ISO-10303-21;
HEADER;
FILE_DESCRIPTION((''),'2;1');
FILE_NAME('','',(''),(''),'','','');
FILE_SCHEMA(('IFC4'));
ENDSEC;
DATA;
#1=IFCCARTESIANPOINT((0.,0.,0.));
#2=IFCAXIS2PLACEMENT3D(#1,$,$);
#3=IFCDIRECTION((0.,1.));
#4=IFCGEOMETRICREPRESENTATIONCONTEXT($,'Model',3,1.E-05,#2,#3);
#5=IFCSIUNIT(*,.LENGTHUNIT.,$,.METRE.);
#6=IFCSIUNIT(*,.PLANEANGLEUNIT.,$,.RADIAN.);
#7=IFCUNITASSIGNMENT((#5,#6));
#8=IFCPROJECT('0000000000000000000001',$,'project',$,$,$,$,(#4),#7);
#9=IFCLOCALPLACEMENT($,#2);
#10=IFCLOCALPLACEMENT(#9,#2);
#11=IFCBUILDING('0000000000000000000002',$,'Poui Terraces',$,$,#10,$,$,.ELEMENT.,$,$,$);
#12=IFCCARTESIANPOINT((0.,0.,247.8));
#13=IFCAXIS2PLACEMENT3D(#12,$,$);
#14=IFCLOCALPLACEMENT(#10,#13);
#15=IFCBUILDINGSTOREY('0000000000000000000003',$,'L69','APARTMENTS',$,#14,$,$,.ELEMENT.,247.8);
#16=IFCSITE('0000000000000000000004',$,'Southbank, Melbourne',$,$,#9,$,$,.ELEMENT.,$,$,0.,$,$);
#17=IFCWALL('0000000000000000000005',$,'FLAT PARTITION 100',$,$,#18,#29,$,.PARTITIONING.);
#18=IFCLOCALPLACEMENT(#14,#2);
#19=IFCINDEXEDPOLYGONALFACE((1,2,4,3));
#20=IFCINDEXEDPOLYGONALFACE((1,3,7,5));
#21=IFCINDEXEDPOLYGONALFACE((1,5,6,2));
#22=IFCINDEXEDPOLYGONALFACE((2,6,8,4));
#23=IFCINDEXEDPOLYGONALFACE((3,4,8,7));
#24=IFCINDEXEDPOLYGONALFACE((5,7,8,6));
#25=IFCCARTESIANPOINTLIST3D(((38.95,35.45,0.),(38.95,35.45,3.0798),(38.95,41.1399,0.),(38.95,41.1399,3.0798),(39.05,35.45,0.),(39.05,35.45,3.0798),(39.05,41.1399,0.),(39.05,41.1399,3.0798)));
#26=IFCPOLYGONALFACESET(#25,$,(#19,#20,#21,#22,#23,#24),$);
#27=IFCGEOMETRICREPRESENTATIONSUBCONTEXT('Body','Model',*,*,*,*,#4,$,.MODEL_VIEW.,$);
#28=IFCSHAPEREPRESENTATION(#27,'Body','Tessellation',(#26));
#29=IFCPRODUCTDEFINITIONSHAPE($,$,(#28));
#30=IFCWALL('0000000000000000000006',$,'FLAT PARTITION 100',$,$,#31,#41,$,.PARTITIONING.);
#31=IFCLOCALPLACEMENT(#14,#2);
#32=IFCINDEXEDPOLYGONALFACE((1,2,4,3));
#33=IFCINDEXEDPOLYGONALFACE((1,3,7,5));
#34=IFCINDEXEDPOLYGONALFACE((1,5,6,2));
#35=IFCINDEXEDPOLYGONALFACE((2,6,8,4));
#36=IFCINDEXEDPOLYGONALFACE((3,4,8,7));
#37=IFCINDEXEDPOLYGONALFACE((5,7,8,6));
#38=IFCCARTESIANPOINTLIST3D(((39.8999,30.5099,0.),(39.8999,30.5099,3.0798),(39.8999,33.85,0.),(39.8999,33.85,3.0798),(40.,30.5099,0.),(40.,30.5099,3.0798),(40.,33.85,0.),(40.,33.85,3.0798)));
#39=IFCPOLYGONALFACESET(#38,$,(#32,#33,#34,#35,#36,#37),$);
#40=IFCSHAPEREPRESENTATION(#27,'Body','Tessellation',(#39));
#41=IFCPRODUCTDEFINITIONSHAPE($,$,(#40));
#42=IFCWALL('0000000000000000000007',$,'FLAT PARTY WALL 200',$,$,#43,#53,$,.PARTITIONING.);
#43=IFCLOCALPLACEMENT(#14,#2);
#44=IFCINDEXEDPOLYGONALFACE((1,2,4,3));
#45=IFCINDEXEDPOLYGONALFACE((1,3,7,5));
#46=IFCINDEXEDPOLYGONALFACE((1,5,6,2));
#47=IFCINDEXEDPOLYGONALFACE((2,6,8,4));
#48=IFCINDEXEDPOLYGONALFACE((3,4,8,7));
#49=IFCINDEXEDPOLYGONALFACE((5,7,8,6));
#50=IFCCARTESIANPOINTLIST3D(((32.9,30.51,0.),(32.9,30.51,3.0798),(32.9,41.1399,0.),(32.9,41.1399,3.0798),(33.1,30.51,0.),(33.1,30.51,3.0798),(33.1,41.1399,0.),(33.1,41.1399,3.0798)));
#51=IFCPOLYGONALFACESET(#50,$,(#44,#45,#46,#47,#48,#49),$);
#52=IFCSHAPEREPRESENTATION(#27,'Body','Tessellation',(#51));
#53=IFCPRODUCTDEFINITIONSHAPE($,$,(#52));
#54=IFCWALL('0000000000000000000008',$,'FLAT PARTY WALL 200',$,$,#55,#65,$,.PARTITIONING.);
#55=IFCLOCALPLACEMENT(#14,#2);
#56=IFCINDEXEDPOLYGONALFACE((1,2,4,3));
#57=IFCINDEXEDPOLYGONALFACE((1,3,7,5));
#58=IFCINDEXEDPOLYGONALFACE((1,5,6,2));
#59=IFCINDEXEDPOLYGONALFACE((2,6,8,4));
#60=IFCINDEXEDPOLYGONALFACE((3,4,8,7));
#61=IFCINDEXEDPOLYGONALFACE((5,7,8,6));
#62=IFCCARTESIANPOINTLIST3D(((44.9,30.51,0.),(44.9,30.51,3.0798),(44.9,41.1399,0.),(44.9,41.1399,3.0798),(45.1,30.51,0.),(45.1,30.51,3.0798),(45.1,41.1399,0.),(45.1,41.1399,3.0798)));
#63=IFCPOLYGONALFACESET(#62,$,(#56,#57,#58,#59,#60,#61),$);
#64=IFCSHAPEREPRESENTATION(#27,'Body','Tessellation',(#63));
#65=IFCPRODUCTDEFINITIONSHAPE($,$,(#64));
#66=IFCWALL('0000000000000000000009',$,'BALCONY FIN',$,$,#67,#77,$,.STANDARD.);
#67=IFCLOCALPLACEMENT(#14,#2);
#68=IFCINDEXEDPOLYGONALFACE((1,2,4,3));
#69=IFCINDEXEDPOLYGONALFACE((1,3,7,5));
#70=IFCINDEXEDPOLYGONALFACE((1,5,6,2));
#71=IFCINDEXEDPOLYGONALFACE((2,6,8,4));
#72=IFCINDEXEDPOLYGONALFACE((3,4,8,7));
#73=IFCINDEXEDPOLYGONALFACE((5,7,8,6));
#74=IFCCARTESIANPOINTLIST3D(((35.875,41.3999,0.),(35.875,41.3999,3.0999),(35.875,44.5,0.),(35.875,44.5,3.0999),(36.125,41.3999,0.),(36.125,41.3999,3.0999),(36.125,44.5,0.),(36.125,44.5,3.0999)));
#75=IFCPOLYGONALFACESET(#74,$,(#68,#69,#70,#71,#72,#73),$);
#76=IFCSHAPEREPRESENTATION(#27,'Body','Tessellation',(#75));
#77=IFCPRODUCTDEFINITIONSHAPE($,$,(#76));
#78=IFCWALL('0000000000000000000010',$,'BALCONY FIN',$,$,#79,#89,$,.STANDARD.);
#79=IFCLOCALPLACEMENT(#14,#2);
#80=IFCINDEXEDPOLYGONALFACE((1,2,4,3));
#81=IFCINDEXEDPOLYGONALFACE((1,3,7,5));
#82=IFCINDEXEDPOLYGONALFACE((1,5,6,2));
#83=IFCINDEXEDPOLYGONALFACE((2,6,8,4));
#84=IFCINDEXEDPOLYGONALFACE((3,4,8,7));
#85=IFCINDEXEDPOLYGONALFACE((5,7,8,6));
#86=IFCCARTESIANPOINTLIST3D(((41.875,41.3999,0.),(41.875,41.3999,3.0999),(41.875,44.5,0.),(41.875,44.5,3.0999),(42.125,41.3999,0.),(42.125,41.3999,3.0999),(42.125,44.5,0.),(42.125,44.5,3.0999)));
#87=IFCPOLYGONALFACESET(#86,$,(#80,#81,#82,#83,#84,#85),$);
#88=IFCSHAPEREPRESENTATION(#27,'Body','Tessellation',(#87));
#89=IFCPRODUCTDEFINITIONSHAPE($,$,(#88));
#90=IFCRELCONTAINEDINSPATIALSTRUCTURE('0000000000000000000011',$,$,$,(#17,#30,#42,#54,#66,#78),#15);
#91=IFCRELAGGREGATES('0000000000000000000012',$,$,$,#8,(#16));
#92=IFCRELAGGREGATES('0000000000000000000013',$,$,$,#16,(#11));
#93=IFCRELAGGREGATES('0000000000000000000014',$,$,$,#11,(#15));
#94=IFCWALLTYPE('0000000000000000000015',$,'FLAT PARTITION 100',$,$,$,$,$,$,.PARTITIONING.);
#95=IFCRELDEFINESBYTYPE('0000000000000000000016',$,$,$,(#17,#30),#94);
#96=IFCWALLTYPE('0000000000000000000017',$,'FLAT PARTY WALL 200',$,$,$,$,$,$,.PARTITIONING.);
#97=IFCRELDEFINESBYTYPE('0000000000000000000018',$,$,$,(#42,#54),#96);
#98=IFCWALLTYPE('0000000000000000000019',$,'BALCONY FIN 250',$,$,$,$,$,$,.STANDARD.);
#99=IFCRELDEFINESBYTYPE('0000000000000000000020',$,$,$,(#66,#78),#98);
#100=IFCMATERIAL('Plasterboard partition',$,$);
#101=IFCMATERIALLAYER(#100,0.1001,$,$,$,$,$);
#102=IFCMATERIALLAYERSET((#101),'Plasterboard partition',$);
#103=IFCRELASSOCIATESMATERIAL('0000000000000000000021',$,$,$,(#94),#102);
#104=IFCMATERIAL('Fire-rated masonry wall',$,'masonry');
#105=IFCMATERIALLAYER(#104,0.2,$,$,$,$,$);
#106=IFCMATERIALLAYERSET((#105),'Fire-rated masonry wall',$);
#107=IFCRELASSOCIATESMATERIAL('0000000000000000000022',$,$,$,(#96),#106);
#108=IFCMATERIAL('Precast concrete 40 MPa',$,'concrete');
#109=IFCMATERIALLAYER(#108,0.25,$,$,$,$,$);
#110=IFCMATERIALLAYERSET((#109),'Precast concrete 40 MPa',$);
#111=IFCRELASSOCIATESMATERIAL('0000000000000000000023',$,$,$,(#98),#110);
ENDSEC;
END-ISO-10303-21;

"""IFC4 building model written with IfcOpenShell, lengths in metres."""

from ifc_helpers import new_model, si_unit, direction, frame, frame_2d, origin, place, context, subcontext, project, spatial, polyline, rectangle, outline, extrude, source, transform, mapped, material, layer, layer_set, type_object, element, save


model = new_model("IFC4")

# Units and contexts
model_context = context("Model", 3, precision=1e-05, world=origin(), true_north=direction((0.0, 1.0)))
body_context = subcontext(model_context, "Body", "Model", "MODEL_VIEW")
ifc_project = project(units=[si_unit("LENGTHUNIT", "METRE"), si_unit("PLANEANGLEUNIT", "RADIAN")], contexts=[model_context])

# Site, building, storey
site_placement = place(None, origin())
site = spatial("IfcSite", under=ifc_project, at=site_placement, Name="Southbank, Melbourne", CompositionType="ELEMENT", RefElevation=0.0)
building_placement = place(site_placement, origin())
building = spatial("IfcBuilding", under=site, at=building_placement, Name="Poui Terraces", CompositionType="ELEMENT")
storey_placement = place(building_placement, frame((0.0, 0.0, 247.8)))
storey = spatial("IfcBuildingStorey", under=building, at=storey_placement, Name="L69", Description="APARTMENTS", CompositionType="ELEMENT", Elevation=247.8)

# Shared definitions
ifc_material_1 = material(Name="Plasterboard partition")
ifc_layer_1 = layer(ifc_material_1, 0.1001)
ifc_layer_set_1 = layer_set([ifc_layer_1], Name="Plasterboard partition")
wall_type_1 = type_object("IfcWallType", Name="FLAT PARTITION 100", PredefinedType="PARTITIONING", material=ifc_layer_set_1)

# Walls
wall_1_placement = place(storey_placement, frame((39.0, 35.45, 0.0), z_axis=(0.0, 0.0, 1.0), x_axis=(0.0, 1.0, 0.0)))
element("IfcWall", 1, at=wall_1_placement, inside=storey, type_object=wall_type_1, Name="FLAT PARTITION 100", PredefinedType="PARTITIONING", context=body_context, shape_type="SweptSolid", body=[
    extrude(rectangle(XDim=5.6899, YDim=0.1001, at=frame_2d((2.845, 0.0))), origin(), (0.0, 0.0, 1.0), 3.0798),
])
wall_2_placement = place(storey_placement, frame((39.95, 30.51, 0.0), z_axis=(0.0, 0.0, 1.0), x_axis=(0.0, 1.0, 0.0)))
element("IfcWall", 2, at=wall_2_placement, inside=storey, type_object=wall_type_1, Name="FLAT PARTITION 100", PredefinedType="PARTITIONING", context=body_context, shape_type="SweptSolid", body=[
    extrude(rectangle(XDim=3.3401, YDim=0.1001, at=frame_2d((1.6699, 0.0))), origin(), (0.0, 0.0, 1.0), 3.0798),
])
ifc_material_2 = material(Name="Fire-rated masonry wall", Category="masonry")
ifc_layer_2 = layer(ifc_material_2, 0.2)
ifc_layer_set_2 = layer_set([ifc_layer_2], Name="Fire-rated masonry wall")
wall_type_2 = type_object("IfcWallType", Name="FLAT PARTY WALL 200", PredefinedType="PARTITIONING", material=ifc_layer_set_2)
for number, where, z_axis, x_axis, name in (
    (3, (33.0, 30.51, 0.0), (0.0, 0.0, 1.0), (0.0, 1.0, 0.0), "FLAT PARTY WALL 200"),
    (4, (45.0, 30.51, 0.0), (0.0, 0.0, 1.0), (0.0, 1.0, 0.0), "FLAT PARTY WALL 200"),
):
    element("IfcWall", number, at=place(storey_placement, frame(where, z_axis=z_axis, x_axis=x_axis)), inside=storey, type_object=wall_type_2, Name=name, PredefinedType="PARTITIONING", context=body_context, shape_type="SweptSolid", body=[
        extrude(rectangle(XDim=10.6299, YDim=0.2, at=frame_2d((5.3149, 0.0))), origin(), (0.0, 0.0, 1.0), 3.0798),
    ])
ifc_material_3 = material(Name="Precast concrete 40 MPa", Category="concrete")
ifc_layer_3 = layer(ifc_material_3, 0.25)
ifc_layer_set_3 = layer_set([ifc_layer_3], Name="Precast concrete 40 MPa")
wall_type_3 = type_object("IfcWallType", Name="BALCONY FIN 250", PredefinedType="STANDARD", material=ifc_layer_set_3)
shared_shape_1 = source(origin(), body_context, "Body", "SweptSolid", [
    extrude(outline(polyline([(0.0, 0.0), (0.25, 0.0), (0.25, 3.1001), (0.0, 3.1001), (0.0, 0.0)])), origin(), (0.0, 0.0, 1.0), 3.0999),
])
for number, where, name in (
    (5, (35.875, 41.3999, 0.0), "BALCONY FIN"),
    (6, (41.875, 41.3999, 0.0), "BALCONY FIN"),
):
    element("IfcWall", number, at=place(storey_placement, frame(where)), inside=storey, type_object=wall_type_3, Name=name, PredefinedType="STANDARD", context=body_context, shape_type="MappedRepresentation", body=[
        mapped(shared_shape_1, transform((0.0, 0.0, 0.0))),
    ])

save(model, "model.ifc")
